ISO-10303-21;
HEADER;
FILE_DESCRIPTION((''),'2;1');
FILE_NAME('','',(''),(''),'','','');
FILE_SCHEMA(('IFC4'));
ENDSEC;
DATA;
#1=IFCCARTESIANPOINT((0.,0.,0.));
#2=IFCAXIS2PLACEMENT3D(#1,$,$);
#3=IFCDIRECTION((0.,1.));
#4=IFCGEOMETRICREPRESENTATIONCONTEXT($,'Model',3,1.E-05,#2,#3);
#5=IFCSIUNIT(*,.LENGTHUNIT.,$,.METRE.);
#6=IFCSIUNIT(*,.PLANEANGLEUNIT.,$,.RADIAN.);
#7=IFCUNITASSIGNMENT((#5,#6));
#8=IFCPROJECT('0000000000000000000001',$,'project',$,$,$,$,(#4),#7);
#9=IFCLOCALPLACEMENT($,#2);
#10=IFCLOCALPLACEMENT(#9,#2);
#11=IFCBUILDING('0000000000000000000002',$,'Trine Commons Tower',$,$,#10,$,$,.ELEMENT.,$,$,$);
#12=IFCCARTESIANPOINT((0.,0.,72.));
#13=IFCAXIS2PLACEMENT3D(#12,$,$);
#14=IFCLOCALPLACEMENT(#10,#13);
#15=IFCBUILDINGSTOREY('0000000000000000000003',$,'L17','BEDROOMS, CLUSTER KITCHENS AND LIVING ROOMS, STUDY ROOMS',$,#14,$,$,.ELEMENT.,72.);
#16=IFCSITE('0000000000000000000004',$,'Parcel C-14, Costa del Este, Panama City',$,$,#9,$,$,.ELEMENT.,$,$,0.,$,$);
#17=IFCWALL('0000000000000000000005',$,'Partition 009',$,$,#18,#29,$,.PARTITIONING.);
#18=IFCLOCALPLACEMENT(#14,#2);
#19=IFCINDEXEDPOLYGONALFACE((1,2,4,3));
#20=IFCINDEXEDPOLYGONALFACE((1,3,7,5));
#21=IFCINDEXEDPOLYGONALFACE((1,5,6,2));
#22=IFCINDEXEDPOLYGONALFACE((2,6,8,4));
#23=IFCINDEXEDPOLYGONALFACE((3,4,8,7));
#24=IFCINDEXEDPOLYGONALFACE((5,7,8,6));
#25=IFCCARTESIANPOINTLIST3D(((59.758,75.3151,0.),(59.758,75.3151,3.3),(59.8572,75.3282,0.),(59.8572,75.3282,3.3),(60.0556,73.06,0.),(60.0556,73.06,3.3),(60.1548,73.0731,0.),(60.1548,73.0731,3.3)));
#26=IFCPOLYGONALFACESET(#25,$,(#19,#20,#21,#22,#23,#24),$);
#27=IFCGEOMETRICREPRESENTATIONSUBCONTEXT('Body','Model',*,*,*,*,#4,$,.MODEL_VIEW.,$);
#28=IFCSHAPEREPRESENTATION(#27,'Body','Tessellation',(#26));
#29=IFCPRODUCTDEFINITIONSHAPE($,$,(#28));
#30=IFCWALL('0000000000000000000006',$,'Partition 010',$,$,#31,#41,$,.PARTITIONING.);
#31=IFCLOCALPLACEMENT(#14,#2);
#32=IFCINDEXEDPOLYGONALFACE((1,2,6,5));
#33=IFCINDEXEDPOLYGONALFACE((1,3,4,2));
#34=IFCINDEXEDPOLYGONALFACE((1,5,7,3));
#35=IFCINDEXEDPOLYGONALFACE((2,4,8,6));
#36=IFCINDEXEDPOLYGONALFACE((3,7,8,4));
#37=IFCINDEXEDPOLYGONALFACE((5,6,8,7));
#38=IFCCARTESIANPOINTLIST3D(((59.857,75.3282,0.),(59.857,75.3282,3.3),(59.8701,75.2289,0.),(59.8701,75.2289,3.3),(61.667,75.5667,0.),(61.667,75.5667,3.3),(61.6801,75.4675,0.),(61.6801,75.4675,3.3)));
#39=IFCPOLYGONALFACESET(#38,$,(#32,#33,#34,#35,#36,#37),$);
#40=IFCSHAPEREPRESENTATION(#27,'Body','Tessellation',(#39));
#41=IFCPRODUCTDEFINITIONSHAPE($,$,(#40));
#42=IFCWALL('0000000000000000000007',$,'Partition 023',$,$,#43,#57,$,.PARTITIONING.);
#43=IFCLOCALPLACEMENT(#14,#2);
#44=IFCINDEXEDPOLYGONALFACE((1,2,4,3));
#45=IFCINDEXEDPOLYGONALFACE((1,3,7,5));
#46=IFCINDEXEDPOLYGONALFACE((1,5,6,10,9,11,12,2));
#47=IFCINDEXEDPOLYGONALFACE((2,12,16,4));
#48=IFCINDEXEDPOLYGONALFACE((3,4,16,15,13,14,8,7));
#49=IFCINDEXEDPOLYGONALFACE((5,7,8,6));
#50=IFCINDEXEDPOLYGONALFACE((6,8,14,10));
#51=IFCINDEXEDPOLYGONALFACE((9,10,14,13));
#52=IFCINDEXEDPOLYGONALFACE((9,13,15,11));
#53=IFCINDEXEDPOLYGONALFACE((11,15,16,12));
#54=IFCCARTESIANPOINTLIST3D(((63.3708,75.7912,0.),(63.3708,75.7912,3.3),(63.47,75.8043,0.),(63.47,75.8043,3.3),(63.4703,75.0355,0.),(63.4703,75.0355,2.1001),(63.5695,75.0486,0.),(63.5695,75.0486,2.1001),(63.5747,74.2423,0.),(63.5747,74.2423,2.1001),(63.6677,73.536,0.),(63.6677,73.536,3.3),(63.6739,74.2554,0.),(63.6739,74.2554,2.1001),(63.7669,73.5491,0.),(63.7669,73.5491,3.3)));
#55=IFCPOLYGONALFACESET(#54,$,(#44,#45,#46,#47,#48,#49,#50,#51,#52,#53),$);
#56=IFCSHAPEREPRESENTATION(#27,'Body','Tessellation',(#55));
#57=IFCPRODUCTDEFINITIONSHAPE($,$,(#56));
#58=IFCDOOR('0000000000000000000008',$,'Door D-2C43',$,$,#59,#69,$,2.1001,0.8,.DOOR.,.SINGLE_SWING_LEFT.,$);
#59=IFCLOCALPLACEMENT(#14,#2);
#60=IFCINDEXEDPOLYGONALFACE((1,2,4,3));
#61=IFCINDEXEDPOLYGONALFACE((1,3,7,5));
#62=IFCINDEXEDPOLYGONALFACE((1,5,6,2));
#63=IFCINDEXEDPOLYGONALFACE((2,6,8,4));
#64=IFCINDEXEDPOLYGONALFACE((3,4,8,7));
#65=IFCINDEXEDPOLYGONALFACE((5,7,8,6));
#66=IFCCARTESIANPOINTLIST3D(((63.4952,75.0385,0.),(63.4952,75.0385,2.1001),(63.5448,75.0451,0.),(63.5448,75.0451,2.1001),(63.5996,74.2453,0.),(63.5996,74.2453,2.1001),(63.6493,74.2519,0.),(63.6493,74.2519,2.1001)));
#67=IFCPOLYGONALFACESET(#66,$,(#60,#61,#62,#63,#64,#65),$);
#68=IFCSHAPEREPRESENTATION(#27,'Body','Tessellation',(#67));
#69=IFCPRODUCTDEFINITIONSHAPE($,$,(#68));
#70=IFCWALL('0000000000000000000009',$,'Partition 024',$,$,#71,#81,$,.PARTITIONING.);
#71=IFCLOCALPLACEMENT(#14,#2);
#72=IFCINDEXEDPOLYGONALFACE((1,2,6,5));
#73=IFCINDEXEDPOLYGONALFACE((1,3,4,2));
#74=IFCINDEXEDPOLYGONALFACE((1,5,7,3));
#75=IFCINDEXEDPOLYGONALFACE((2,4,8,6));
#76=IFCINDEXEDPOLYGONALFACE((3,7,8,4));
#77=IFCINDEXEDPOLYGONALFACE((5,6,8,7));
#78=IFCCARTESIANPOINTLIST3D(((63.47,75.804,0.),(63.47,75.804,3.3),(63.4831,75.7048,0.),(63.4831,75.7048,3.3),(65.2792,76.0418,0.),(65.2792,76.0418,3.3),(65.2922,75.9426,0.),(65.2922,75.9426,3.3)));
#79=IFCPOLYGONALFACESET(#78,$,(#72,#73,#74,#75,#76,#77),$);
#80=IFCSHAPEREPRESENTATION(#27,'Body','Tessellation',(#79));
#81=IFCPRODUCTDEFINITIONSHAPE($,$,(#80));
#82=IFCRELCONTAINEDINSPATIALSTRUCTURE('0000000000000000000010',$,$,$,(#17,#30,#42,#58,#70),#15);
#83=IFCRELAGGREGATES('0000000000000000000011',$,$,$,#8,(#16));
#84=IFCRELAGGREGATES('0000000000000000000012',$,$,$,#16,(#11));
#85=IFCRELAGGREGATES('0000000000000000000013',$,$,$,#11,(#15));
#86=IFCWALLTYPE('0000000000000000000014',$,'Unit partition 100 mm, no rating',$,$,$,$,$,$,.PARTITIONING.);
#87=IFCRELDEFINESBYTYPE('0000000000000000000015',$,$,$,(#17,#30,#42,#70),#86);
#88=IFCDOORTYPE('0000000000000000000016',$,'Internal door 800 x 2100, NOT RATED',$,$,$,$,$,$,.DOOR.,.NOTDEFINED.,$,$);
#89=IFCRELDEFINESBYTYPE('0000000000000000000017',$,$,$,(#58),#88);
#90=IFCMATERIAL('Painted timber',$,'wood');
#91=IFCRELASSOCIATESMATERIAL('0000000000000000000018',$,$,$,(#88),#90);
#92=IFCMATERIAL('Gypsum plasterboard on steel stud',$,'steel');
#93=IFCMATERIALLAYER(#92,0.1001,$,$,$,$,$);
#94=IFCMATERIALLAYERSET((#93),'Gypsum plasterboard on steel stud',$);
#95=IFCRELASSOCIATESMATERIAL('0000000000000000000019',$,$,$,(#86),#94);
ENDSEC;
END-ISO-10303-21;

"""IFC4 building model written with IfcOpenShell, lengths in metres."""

from ifc_helpers import new_model, si_unit, direction, frame, frame_2d, origin, place, context, subcontext, project, spatial, rectangle, extrude, material, layer, layer_set, type_object, element, fill, save


model = new_model("IFC4")

# Units and contexts
model_context = context("Model", 3, precision=1e-05, world=origin(), true_north=direction((0.0, 1.0)))
body_context = subcontext(model_context, "Body", "Model", "MODEL_VIEW")
ifc_project = project(units=[si_unit("LENGTHUNIT", "METRE"), si_unit("PLANEANGLEUNIT", "RADIAN")], contexts=[model_context])

# Site, building, storey
site_placement = place(None, origin())
site = spatial("IfcSite", under=ifc_project, at=site_placement, Name="Parcel C-14, Costa del Este, Panama City", CompositionType="ELEMENT", RefElevation=0.0)
building_placement = place(site_placement, origin())
building = spatial("IfcBuilding", under=site, at=building_placement, Name="Trine Commons Tower", CompositionType="ELEMENT")
storey_placement = place(building_placement, frame((0.0, 0.0, 72.0)))
storey = spatial("IfcBuildingStorey", under=building, at=storey_placement, Name="L17", Description="BEDROOMS, CLUSTER KITCHENS AND LIVING ROOMS, STUDY ROOMS", CompositionType="ELEMENT", Elevation=72.0)

# Shared definitions
ifc_material_1 = material(Name="Gypsum plasterboard on steel stud", Category="steel")

# Shared definitions
ifc_material_2 = material(Name="Painted timber", Category="wood")
door_type_1 = type_object("IfcDoorType", Name="Internal door 800 x 2100, NOT RATED", OperationType="NOTDEFINED", PredefinedType="DOOR", material=ifc_material_2)

# Walls
ifc_layer_1 = layer(ifc_material_1, 0.1001)
ifc_layer_set_1 = layer_set([ifc_layer_1], Name="Gypsum plasterboard on steel stud")
wall_type_1 = type_object("IfcWallType", Name="Unit partition 100 mm, no rating", PredefinedType="PARTITIONING", material=ifc_layer_set_1)
wall_1_placement = place(storey_placement, frame((59.8076, 75.3215, 0.0), z_axis=(0.0, 0.0, 1.0), x_axis=(0.130835, -0.991404, 0.0)))
element("IfcWall", 1, at=wall_1_placement, inside=storey, type_object=wall_type_1, Name="Partition 009", PredefinedType="PARTITIONING", context=body_context, shape_type="SweptSolid", body=[
    extrude(rectangle(XDim=2.2747, YDim=0.1001, at=frame_2d((1.1372, 0.0))), origin(), (0.0, 0.0, 1.0), 3.3),
])
wall_2_placement = place(storey_placement, frame((59.8635, 75.2786, 0.0), z_axis=(0.0, 0.0, 1.0), x_axis=(0.991429, 0.130648, 0.0)))
element("IfcWall", 2, at=wall_2_placement, inside=storey, type_object=wall_type_1, Name="Partition 010", PredefinedType="PARTITIONING", context=body_context, shape_type="SweptSolid", body=[
    extrude(rectangle(XDim=1.8257, YDim=0.1001, at=frame_2d((0.9128, 0.0))), origin(), (0.0, 0.0, 1.0), 3.3),
])

# Wall, opening, door
wall_3_placement = place(storey_placement, frame((63.4204, 75.7976, 0.0), z_axis=(0.0, 0.0, 1.0), x_axis=(0.130518, -0.991446, 0.0)))
wall_3 = element("IfcWall", 3, at=wall_3_placement, inside=storey, type_object=wall_type_1, Name="Partition 023", PredefinedType="PARTITIONING", context=body_context, shape_type="SweptSolid", body=[
    extrude(rectangle(XDim=2.2747, YDim=0.1001, at=frame_2d((1.1372, 0.0))), origin(), (0.0, 0.0, 1.0), 3.3),
])
opening_1_placement = place(wall_3_placement, frame((0.7622, 0.0, 0.0)))
opening_1 = element("IfcOpeningElement", 4, at=opening_1_placement, cuts=wall_3, PredefinedType="OPENING", context=body_context, shape_type="SweptSolid", body=[
    extrude(rectangle(XDim=0.8, YDim=2.1001, at=frame_2d((0.3999, 1.05))), frame((0.0, 0.0601, 0.0), z_axis=(0.0, -1.0, 0.0), x_axis=(1.0, 0.0, 0.0)), (0.0, 0.0, 1.0), 0.1201),
])
door_1_placement = place(opening_1_placement, frame((0.8, 0.0, 0.0), z_axis=(0.0, 0.0, 1.0), x_axis=(-1.0, 0.0, 0.0)))
door_1 = element("IfcDoor", 5, at=door_1_placement, inside=storey, type_object=door_type_1, Name="Door D-2C43", OperationType="SINGLE_SWING_LEFT", OverallHeight=2.1001, OverallWidth=0.8, PredefinedType="DOOR", context=body_context, shape_type="SweptSolid", body=[
    extrude(rectangle(XDim=0.8, YDim=2.1001, at=frame_2d((0.3999, 1.05))), frame((0.0, 0.0249, 0.0), z_axis=(0.0, -1.0, 0.0), x_axis=(1.0, 0.0, 0.0)), (0.0, 0.0, 1.0), 0.05),
])
fill(opening_1, door_1)

# Wall
wall_4_placement = place(storey_placement, frame((63.4766, 75.7544, 0.0), z_axis=(0.0, 0.0, 1.0), x_axis=(0.991472, 0.130323, 0.0)))
element("IfcWall", 6, at=wall_4_placement, inside=storey, type_object=wall_type_1, Name="Partition 024", PredefinedType="PARTITIONING", context=body_context, shape_type="SweptSolid", body=[
    extrude(rectangle(XDim=1.8247, YDim=0.1001, at=frame_2d((0.9124, 0.0))), origin(), (0.0, 0.0, 1.0), 3.3),
])

save(model, "model.ifc")
